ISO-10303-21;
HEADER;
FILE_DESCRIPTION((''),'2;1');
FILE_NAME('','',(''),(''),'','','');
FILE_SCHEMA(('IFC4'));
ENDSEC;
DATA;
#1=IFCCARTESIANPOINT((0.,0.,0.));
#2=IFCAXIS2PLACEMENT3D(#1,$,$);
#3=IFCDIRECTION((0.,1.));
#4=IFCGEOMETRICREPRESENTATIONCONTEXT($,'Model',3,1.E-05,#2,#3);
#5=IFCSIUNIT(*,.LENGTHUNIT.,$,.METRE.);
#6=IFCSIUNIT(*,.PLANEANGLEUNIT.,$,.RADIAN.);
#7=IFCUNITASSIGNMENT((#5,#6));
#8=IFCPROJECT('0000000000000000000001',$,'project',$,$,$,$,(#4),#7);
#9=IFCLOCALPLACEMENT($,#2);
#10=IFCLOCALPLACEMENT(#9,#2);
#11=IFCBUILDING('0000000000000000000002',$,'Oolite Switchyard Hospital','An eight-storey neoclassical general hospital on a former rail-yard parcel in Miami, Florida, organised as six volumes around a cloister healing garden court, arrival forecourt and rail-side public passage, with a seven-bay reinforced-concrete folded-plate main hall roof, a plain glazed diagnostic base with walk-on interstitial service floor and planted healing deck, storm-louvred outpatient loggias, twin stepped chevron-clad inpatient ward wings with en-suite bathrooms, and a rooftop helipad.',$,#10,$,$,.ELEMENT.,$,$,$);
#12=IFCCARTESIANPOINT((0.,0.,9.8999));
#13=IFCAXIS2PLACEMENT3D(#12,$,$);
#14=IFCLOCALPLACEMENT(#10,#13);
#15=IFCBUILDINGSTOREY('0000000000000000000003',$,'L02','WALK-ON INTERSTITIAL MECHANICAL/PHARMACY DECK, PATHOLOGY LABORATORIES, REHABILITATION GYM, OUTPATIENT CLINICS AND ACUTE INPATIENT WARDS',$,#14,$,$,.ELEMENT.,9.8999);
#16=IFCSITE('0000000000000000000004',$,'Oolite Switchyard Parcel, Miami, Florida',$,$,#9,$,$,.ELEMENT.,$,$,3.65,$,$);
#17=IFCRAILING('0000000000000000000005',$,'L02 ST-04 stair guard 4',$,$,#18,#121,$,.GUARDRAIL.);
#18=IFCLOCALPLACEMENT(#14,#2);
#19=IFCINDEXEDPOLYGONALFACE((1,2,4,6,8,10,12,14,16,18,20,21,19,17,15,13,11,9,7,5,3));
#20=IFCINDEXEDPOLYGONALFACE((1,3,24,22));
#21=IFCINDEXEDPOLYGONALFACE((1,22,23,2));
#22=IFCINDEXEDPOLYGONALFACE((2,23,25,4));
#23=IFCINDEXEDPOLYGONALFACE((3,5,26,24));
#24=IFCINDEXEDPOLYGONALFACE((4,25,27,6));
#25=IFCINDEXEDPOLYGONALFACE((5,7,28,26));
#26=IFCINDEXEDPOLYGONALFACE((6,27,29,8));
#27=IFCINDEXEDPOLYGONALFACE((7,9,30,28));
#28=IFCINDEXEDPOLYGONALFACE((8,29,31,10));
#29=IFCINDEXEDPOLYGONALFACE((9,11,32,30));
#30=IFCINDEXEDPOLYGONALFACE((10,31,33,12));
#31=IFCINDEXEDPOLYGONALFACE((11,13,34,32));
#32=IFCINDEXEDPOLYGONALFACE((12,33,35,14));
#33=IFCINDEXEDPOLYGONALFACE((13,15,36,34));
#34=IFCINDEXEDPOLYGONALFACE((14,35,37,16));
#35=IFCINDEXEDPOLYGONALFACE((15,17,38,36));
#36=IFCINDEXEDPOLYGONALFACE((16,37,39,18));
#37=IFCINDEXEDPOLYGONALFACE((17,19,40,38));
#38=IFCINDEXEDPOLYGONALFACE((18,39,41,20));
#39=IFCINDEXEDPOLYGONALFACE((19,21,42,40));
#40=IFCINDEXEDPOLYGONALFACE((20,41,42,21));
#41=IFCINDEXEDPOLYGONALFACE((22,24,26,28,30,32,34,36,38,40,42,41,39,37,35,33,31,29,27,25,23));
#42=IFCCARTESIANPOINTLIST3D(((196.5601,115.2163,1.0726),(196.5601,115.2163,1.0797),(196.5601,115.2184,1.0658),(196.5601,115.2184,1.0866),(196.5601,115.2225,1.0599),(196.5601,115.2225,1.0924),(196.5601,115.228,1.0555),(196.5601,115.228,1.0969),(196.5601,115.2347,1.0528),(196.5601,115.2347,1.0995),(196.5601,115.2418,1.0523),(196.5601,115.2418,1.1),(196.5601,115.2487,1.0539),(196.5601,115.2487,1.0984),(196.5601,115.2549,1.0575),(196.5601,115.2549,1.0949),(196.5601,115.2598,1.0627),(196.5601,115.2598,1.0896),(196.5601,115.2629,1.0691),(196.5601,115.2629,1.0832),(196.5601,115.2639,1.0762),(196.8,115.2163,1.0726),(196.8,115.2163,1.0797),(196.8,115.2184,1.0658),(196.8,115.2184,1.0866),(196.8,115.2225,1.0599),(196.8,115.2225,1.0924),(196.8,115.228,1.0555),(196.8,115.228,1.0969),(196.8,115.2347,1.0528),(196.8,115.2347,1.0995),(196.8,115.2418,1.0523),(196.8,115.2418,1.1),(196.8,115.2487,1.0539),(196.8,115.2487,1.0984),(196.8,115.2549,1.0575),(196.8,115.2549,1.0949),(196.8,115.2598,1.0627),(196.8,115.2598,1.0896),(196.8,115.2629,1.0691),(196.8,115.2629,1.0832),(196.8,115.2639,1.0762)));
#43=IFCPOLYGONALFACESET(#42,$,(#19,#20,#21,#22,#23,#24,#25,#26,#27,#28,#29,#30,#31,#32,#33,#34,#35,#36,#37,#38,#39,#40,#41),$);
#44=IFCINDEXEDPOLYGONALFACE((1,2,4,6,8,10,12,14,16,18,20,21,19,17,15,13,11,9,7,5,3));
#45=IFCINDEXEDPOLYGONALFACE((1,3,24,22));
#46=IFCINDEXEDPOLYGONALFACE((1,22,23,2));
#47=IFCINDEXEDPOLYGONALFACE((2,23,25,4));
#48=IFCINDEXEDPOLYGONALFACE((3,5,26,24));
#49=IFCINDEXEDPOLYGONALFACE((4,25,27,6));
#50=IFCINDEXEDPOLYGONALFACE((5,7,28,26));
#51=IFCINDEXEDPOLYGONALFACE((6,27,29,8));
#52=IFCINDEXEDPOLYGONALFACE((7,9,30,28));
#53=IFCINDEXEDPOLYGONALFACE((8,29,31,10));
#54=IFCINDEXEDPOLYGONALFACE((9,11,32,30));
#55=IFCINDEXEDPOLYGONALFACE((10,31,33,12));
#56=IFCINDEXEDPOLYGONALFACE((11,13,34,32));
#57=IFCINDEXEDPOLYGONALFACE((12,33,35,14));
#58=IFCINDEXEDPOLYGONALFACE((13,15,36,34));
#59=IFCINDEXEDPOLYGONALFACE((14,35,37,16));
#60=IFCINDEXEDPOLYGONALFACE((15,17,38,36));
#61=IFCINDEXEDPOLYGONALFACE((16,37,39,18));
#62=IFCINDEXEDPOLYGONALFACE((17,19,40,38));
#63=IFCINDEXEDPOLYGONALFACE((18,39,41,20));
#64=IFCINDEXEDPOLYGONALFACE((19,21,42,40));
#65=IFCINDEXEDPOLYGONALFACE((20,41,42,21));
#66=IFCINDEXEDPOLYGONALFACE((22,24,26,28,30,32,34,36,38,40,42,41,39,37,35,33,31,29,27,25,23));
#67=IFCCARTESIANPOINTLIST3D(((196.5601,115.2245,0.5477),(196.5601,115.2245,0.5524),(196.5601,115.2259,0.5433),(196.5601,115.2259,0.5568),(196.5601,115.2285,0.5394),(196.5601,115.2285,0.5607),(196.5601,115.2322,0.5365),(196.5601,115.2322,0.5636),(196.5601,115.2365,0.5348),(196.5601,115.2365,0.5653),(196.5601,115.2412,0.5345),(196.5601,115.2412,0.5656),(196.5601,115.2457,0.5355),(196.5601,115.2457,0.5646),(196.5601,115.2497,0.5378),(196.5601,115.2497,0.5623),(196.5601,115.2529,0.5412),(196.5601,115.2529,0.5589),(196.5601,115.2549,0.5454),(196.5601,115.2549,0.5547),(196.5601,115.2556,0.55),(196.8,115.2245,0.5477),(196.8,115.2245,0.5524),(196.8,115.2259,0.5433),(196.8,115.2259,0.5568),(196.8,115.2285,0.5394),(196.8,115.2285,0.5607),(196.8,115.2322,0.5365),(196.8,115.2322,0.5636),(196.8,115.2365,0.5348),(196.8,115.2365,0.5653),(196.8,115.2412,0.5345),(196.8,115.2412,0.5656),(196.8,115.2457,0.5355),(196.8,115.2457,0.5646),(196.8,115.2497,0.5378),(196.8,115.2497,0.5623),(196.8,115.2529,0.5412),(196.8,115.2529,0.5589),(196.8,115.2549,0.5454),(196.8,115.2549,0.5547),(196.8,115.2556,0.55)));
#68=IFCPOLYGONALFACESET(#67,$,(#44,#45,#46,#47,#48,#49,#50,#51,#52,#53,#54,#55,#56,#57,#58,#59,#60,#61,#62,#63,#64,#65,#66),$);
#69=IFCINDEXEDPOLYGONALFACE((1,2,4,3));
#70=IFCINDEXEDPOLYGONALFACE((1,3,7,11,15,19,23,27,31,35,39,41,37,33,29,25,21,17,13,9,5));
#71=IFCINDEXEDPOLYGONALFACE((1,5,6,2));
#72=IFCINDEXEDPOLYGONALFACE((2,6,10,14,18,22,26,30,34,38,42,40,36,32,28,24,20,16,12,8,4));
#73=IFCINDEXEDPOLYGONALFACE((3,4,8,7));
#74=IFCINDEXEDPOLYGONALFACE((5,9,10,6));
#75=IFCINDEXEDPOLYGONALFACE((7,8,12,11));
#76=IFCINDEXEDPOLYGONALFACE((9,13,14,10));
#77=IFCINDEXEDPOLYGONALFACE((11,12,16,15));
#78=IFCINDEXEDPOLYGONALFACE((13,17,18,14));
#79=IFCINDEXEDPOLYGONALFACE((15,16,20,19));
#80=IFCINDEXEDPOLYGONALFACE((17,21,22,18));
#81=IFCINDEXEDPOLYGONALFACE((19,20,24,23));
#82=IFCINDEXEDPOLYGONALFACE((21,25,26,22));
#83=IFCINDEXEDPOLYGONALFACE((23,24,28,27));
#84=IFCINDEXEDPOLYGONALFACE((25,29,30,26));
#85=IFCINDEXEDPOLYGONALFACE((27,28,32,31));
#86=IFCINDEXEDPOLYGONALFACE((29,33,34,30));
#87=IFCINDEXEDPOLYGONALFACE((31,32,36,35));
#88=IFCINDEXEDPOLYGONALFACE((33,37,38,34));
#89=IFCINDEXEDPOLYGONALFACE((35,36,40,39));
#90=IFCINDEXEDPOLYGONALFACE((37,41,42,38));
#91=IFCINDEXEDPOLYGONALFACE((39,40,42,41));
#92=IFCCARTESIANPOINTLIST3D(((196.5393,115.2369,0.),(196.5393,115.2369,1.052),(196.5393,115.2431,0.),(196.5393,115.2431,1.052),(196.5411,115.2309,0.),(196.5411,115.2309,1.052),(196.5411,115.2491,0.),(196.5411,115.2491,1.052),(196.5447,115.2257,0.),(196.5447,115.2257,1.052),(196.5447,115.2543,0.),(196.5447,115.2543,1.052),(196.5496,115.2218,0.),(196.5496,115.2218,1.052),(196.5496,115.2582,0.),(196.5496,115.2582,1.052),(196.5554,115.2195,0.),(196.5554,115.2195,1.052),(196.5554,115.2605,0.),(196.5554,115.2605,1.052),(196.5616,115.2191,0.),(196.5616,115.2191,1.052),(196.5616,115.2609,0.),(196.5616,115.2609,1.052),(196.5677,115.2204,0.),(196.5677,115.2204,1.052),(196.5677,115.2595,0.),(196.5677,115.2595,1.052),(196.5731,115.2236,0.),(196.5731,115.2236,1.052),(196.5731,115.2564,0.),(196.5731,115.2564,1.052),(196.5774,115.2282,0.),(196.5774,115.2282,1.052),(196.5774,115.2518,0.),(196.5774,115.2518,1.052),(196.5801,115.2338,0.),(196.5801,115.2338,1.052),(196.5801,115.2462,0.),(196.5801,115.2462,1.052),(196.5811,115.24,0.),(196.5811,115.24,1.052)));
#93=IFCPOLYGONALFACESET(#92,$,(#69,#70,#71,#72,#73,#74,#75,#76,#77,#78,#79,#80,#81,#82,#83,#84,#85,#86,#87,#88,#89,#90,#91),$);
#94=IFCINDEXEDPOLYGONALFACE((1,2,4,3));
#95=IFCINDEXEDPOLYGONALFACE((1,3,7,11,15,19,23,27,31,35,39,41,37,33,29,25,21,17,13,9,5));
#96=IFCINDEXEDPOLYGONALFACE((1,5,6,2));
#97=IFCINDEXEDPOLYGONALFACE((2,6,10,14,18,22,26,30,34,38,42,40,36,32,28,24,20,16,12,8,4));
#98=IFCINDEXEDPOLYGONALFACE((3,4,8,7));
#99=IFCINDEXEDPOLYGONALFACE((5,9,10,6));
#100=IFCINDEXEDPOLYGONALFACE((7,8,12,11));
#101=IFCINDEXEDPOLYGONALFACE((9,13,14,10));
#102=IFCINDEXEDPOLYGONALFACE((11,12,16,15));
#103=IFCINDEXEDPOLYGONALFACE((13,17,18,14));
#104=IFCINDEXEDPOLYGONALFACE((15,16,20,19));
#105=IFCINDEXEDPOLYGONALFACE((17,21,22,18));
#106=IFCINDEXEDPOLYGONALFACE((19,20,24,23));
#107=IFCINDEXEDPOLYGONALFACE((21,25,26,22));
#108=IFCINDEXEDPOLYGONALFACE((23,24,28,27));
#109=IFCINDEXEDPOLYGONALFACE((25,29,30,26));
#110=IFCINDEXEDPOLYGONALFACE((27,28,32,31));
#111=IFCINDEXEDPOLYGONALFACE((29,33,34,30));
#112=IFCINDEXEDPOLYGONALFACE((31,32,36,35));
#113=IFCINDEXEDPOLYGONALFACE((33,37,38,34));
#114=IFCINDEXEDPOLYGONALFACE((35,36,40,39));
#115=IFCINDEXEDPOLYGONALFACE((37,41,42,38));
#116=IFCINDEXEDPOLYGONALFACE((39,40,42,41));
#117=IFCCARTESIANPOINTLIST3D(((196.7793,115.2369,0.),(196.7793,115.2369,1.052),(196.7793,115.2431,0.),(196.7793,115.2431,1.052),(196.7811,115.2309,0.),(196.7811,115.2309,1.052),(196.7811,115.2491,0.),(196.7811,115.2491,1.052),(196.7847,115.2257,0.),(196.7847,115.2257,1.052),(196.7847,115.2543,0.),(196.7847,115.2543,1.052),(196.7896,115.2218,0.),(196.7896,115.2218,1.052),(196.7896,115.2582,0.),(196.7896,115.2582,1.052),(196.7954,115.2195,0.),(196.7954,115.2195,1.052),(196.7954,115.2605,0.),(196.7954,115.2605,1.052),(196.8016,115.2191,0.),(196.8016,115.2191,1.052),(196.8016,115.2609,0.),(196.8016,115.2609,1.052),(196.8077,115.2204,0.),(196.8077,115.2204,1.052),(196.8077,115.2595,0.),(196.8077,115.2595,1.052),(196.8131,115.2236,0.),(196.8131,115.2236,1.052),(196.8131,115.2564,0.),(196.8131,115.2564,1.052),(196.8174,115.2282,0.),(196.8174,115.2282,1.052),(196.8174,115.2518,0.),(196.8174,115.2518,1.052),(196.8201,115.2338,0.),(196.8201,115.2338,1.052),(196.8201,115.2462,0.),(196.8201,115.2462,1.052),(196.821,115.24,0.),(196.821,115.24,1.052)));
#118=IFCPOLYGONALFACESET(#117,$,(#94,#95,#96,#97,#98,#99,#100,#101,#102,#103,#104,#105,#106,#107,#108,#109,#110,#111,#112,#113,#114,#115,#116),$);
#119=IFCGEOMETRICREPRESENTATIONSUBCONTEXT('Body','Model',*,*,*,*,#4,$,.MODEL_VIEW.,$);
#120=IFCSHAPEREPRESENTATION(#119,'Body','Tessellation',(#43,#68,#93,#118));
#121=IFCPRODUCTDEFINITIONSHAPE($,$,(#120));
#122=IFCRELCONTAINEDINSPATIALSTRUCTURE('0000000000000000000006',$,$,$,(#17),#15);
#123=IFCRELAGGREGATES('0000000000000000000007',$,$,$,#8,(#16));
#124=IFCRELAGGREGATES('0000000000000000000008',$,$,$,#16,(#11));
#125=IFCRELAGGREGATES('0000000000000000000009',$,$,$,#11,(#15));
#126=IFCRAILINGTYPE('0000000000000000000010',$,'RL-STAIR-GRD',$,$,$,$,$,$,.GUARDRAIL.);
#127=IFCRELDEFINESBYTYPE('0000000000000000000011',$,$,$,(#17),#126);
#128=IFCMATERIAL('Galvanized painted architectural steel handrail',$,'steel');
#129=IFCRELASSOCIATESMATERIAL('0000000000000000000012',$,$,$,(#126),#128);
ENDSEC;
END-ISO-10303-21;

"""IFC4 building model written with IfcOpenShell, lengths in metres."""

from ifc_helpers import new_model, si_unit, direction, frame, origin, origin_2d, place, context, subcontext, project, spatial, circle, extrude, material, type_object, element, save


model = new_model("IFC4")

# Units and contexts
model_context = context("Model", 3, precision=1e-05, world=origin(), true_north=direction((0.0, 1.0)))
body_context = subcontext(model_context, "Body", "Model", "MODEL_VIEW")
ifc_project = project(units=[si_unit("LENGTHUNIT", "METRE"), si_unit("PLANEANGLEUNIT", "RADIAN")], contexts=[model_context])

# Site, building, storey
site_placement = place(None, origin())
site = spatial("IfcSite", under=ifc_project, at=site_placement, Name="Oolite Switchyard Parcel, Miami, Florida", CompositionType="ELEMENT", RefElevation=3.65)
building_placement = place(site_placement, origin())
building = spatial("IfcBuilding", under=site, at=building_placement, Name="Oolite Switchyard Hospital", Description="An eight-storey neoclassical general hospital on a former rail-yard parcel in Miami, Florida, organised as six volumes around a cloister healing garden court, arrival forecourt and rail-side public passage, with a seven-bay reinforced-concrete folded-plate main hall roof, a plain glazed diagnostic base with walk-on interstitial service floor and planted healing deck, storm-louvred outpatient loggias, twin stepped chevron-clad inpatient ward wings with en-suite bathrooms, and a rooftop helipad.", CompositionType="ELEMENT")
storey_placement = place(building_placement, frame((0.0, 0.0, 9.8999)))
storey = spatial("IfcBuildingStorey", under=building, at=storey_placement, Name="L02", Description="WALK-ON INTERSTITIAL MECHANICAL/PHARMACY DECK, PATHOLOGY LABORATORIES, REHABILITATION GYM, OUTPATIENT CLINICS AND ACUTE INPATIENT WARDS", CompositionType="ELEMENT", Elevation=9.8999)

# Railing
ifc_material_1 = material(Name="Galvanized painted architectural steel handrail", Category="steel")
railing_type = type_object("IfcRailingType", Name="RL-STAIR-GRD", PredefinedType="GUARDRAIL", material=ifc_material_1)
railing_placement = place(storey_placement, frame((196.5601, 115.24, 0.0)))
element("IfcRailing", 1, at=railing_placement, inside=storey, type_object=railing_type, Name="L02 ST-04 stair guard 4", PredefinedType="GUARDRAIL", context=body_context, shape_type="SweptSolid", body=[
    extrude(circle(Radius=0.0239, at=origin_2d()), frame((0.0, 0.0, 1.0762), z_axis=(1.0, 0.0, 0.0), x_axis=(0.0, 1.0, 0.0)), (0.0, 0.0, 1.0), 0.24),
    extrude(circle(Radius=0.0156, at=origin_2d()), frame((0.0, 0.0, 0.55), z_axis=(1.0, 0.0, 0.0), x_axis=(0.0, 1.0, 0.0)), (0.0, 0.0, 1.0), 0.24),
    extrude(circle(Radius=0.021, at=origin_2d()), origin(), (0.0, 0.0, 1.0), 1.052),
    extrude(circle(Radius=0.021, at=origin_2d()), frame((0.24, 0.0, 0.0)), (0.0, 0.0, 1.0), 1.052),
])

save(model, "model.ifc")
